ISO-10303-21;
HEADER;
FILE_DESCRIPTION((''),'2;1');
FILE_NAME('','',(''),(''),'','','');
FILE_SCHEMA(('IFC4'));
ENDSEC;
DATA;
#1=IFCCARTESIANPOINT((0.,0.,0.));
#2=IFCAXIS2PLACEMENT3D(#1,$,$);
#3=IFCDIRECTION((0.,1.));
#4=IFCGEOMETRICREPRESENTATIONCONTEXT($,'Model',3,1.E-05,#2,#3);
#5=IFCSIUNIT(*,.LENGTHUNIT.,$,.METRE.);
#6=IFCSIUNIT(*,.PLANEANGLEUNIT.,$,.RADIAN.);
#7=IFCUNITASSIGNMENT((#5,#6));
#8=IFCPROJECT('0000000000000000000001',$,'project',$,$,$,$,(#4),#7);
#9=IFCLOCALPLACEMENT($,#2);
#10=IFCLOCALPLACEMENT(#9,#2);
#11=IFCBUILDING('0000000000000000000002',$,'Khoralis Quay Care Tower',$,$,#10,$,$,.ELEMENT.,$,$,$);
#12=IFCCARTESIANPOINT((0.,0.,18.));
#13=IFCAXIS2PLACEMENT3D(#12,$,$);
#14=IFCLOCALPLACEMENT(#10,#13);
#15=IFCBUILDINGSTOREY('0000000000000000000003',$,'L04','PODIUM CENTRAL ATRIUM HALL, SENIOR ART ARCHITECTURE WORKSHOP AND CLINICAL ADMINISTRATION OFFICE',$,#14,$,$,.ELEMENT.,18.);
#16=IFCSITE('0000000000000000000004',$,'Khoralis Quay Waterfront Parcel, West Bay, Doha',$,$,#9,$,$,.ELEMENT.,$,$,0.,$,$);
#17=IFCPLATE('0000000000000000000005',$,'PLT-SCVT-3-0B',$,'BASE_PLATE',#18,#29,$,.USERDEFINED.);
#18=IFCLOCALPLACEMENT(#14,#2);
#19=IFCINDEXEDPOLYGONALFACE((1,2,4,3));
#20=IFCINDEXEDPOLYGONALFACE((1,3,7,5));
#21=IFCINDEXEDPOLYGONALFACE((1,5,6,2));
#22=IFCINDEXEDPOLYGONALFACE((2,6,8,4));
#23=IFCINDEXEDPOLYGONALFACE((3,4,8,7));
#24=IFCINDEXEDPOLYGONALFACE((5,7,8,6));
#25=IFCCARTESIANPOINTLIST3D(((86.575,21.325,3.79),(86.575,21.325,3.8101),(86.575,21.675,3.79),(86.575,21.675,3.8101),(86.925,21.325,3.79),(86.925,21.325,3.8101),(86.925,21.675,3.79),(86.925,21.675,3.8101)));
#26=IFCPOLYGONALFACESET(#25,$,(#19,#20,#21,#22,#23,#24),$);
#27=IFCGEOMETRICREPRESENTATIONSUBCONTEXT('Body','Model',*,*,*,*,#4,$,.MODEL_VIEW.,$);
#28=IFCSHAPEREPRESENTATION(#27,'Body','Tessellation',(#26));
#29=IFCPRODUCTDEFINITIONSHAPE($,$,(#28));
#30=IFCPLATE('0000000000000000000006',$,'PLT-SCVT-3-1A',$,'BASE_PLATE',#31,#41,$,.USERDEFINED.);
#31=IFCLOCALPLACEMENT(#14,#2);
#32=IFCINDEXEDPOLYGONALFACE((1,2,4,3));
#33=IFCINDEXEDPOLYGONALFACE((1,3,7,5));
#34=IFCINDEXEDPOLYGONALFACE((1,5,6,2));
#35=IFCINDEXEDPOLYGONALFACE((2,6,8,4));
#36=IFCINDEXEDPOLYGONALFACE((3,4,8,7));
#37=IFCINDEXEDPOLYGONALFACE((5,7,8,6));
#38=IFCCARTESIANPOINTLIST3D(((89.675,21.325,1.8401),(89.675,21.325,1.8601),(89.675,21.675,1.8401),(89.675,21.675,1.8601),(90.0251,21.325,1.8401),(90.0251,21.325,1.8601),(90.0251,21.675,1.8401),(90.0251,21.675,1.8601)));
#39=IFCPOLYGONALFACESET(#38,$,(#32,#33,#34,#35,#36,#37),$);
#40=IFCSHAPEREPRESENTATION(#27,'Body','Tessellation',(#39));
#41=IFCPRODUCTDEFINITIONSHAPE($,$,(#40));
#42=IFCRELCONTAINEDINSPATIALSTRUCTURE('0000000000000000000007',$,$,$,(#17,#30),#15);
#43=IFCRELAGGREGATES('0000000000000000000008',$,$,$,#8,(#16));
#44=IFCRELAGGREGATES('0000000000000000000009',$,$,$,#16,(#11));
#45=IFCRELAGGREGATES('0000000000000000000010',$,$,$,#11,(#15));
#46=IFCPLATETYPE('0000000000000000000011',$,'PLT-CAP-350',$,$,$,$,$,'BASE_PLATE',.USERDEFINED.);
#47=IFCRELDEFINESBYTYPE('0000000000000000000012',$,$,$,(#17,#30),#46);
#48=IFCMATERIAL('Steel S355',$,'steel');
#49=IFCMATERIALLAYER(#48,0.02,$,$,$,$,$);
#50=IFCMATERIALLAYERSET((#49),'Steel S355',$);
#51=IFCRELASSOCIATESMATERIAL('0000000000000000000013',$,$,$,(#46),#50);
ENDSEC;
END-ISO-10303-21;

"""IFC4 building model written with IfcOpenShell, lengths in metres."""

from ifc_helpers import new_model, si_unit, direction, frame, origin, origin_2d, place, context, subcontext, project, spatial, rectangle, extrude, source, transform, mapped, material, layer, layer_set, type_object, element, save


model = new_model("IFC4")

# Units and contexts
model_context = context("Model", 3, precision=1e-05, world=origin(), true_north=direction((0.0, 1.0)))
body_context = subcontext(model_context, "Body", "Model", "MODEL_VIEW")
ifc_project = project(units=[si_unit("LENGTHUNIT", "METRE"), si_unit("PLANEANGLEUNIT", "RADIAN")], contexts=[model_context])

# Site, building, storey
site_placement = place(None, origin())
site = spatial("IfcSite", under=ifc_project, at=site_placement, Name="Khoralis Quay Waterfront Parcel, West Bay, Doha", CompositionType="ELEMENT", RefElevation=0.0)
building_placement = place(site_placement, origin())
building = spatial("IfcBuilding", under=site, at=building_placement, Name="Khoralis Quay Care Tower", CompositionType="ELEMENT")
storey_placement = place(building_placement, frame((0.0, 0.0, 18.0)))
storey = spatial("IfcBuildingStorey", under=building, at=storey_placement, Name="L04", Description="PODIUM CENTRAL ATRIUM HALL, SENIOR ART ARCHITECTURE WORKSHOP AND CLINICAL ADMINISTRATION OFFICE", CompositionType="ELEMENT", Elevation=18.0)

# Shared definitions
ifc_material = material(Name="Steel S355", Category="steel")

# Plates
ifc_layer = layer(ifc_material, 0.02)
ifc_layer_set = layer_set([ifc_layer], Name="Steel S355")
plate_type = type_object("IfcPlateType", Name="PLT-CAP-350", ElementType="BASE_PLATE", PredefinedType="USERDEFINED", material=ifc_layer_set)
shared_shape_1 = source(origin(), body_context, "Body", "SweptSolid", [
    extrude(rectangle(XDim=0.3501, YDim=0.3501, at=origin_2d()), origin(), (0.0, 0.0, 1.0), 0.02),
])
for number, where, z_axis, x_axis, name in (
    (1, (86.75, 21.5, 3.79), (0.0, 0.0, 1.0), (1.0, 0.0, 0.0), "PLT-SCVT-3-0B"),
    (2, (89.8501, 21.5, 1.8401), (0.0, 0.0, 1.0), (1.0, 0.0, 0.0), "PLT-SCVT-3-1A"),
):
    element("IfcPlate", number, at=place(storey_placement, frame(where, z_axis=z_axis, x_axis=x_axis)), inside=storey, type_object=plate_type, Name=name, ObjectType="BASE_PLATE", PredefinedType="USERDEFINED", context=body_context, shape_type="MappedRepresentation", body=[
        mapped(shared_shape_1, transform((0.0, 0.0, 0.0), scale=1.0)),
    ])

save(model, "model.ifc")
